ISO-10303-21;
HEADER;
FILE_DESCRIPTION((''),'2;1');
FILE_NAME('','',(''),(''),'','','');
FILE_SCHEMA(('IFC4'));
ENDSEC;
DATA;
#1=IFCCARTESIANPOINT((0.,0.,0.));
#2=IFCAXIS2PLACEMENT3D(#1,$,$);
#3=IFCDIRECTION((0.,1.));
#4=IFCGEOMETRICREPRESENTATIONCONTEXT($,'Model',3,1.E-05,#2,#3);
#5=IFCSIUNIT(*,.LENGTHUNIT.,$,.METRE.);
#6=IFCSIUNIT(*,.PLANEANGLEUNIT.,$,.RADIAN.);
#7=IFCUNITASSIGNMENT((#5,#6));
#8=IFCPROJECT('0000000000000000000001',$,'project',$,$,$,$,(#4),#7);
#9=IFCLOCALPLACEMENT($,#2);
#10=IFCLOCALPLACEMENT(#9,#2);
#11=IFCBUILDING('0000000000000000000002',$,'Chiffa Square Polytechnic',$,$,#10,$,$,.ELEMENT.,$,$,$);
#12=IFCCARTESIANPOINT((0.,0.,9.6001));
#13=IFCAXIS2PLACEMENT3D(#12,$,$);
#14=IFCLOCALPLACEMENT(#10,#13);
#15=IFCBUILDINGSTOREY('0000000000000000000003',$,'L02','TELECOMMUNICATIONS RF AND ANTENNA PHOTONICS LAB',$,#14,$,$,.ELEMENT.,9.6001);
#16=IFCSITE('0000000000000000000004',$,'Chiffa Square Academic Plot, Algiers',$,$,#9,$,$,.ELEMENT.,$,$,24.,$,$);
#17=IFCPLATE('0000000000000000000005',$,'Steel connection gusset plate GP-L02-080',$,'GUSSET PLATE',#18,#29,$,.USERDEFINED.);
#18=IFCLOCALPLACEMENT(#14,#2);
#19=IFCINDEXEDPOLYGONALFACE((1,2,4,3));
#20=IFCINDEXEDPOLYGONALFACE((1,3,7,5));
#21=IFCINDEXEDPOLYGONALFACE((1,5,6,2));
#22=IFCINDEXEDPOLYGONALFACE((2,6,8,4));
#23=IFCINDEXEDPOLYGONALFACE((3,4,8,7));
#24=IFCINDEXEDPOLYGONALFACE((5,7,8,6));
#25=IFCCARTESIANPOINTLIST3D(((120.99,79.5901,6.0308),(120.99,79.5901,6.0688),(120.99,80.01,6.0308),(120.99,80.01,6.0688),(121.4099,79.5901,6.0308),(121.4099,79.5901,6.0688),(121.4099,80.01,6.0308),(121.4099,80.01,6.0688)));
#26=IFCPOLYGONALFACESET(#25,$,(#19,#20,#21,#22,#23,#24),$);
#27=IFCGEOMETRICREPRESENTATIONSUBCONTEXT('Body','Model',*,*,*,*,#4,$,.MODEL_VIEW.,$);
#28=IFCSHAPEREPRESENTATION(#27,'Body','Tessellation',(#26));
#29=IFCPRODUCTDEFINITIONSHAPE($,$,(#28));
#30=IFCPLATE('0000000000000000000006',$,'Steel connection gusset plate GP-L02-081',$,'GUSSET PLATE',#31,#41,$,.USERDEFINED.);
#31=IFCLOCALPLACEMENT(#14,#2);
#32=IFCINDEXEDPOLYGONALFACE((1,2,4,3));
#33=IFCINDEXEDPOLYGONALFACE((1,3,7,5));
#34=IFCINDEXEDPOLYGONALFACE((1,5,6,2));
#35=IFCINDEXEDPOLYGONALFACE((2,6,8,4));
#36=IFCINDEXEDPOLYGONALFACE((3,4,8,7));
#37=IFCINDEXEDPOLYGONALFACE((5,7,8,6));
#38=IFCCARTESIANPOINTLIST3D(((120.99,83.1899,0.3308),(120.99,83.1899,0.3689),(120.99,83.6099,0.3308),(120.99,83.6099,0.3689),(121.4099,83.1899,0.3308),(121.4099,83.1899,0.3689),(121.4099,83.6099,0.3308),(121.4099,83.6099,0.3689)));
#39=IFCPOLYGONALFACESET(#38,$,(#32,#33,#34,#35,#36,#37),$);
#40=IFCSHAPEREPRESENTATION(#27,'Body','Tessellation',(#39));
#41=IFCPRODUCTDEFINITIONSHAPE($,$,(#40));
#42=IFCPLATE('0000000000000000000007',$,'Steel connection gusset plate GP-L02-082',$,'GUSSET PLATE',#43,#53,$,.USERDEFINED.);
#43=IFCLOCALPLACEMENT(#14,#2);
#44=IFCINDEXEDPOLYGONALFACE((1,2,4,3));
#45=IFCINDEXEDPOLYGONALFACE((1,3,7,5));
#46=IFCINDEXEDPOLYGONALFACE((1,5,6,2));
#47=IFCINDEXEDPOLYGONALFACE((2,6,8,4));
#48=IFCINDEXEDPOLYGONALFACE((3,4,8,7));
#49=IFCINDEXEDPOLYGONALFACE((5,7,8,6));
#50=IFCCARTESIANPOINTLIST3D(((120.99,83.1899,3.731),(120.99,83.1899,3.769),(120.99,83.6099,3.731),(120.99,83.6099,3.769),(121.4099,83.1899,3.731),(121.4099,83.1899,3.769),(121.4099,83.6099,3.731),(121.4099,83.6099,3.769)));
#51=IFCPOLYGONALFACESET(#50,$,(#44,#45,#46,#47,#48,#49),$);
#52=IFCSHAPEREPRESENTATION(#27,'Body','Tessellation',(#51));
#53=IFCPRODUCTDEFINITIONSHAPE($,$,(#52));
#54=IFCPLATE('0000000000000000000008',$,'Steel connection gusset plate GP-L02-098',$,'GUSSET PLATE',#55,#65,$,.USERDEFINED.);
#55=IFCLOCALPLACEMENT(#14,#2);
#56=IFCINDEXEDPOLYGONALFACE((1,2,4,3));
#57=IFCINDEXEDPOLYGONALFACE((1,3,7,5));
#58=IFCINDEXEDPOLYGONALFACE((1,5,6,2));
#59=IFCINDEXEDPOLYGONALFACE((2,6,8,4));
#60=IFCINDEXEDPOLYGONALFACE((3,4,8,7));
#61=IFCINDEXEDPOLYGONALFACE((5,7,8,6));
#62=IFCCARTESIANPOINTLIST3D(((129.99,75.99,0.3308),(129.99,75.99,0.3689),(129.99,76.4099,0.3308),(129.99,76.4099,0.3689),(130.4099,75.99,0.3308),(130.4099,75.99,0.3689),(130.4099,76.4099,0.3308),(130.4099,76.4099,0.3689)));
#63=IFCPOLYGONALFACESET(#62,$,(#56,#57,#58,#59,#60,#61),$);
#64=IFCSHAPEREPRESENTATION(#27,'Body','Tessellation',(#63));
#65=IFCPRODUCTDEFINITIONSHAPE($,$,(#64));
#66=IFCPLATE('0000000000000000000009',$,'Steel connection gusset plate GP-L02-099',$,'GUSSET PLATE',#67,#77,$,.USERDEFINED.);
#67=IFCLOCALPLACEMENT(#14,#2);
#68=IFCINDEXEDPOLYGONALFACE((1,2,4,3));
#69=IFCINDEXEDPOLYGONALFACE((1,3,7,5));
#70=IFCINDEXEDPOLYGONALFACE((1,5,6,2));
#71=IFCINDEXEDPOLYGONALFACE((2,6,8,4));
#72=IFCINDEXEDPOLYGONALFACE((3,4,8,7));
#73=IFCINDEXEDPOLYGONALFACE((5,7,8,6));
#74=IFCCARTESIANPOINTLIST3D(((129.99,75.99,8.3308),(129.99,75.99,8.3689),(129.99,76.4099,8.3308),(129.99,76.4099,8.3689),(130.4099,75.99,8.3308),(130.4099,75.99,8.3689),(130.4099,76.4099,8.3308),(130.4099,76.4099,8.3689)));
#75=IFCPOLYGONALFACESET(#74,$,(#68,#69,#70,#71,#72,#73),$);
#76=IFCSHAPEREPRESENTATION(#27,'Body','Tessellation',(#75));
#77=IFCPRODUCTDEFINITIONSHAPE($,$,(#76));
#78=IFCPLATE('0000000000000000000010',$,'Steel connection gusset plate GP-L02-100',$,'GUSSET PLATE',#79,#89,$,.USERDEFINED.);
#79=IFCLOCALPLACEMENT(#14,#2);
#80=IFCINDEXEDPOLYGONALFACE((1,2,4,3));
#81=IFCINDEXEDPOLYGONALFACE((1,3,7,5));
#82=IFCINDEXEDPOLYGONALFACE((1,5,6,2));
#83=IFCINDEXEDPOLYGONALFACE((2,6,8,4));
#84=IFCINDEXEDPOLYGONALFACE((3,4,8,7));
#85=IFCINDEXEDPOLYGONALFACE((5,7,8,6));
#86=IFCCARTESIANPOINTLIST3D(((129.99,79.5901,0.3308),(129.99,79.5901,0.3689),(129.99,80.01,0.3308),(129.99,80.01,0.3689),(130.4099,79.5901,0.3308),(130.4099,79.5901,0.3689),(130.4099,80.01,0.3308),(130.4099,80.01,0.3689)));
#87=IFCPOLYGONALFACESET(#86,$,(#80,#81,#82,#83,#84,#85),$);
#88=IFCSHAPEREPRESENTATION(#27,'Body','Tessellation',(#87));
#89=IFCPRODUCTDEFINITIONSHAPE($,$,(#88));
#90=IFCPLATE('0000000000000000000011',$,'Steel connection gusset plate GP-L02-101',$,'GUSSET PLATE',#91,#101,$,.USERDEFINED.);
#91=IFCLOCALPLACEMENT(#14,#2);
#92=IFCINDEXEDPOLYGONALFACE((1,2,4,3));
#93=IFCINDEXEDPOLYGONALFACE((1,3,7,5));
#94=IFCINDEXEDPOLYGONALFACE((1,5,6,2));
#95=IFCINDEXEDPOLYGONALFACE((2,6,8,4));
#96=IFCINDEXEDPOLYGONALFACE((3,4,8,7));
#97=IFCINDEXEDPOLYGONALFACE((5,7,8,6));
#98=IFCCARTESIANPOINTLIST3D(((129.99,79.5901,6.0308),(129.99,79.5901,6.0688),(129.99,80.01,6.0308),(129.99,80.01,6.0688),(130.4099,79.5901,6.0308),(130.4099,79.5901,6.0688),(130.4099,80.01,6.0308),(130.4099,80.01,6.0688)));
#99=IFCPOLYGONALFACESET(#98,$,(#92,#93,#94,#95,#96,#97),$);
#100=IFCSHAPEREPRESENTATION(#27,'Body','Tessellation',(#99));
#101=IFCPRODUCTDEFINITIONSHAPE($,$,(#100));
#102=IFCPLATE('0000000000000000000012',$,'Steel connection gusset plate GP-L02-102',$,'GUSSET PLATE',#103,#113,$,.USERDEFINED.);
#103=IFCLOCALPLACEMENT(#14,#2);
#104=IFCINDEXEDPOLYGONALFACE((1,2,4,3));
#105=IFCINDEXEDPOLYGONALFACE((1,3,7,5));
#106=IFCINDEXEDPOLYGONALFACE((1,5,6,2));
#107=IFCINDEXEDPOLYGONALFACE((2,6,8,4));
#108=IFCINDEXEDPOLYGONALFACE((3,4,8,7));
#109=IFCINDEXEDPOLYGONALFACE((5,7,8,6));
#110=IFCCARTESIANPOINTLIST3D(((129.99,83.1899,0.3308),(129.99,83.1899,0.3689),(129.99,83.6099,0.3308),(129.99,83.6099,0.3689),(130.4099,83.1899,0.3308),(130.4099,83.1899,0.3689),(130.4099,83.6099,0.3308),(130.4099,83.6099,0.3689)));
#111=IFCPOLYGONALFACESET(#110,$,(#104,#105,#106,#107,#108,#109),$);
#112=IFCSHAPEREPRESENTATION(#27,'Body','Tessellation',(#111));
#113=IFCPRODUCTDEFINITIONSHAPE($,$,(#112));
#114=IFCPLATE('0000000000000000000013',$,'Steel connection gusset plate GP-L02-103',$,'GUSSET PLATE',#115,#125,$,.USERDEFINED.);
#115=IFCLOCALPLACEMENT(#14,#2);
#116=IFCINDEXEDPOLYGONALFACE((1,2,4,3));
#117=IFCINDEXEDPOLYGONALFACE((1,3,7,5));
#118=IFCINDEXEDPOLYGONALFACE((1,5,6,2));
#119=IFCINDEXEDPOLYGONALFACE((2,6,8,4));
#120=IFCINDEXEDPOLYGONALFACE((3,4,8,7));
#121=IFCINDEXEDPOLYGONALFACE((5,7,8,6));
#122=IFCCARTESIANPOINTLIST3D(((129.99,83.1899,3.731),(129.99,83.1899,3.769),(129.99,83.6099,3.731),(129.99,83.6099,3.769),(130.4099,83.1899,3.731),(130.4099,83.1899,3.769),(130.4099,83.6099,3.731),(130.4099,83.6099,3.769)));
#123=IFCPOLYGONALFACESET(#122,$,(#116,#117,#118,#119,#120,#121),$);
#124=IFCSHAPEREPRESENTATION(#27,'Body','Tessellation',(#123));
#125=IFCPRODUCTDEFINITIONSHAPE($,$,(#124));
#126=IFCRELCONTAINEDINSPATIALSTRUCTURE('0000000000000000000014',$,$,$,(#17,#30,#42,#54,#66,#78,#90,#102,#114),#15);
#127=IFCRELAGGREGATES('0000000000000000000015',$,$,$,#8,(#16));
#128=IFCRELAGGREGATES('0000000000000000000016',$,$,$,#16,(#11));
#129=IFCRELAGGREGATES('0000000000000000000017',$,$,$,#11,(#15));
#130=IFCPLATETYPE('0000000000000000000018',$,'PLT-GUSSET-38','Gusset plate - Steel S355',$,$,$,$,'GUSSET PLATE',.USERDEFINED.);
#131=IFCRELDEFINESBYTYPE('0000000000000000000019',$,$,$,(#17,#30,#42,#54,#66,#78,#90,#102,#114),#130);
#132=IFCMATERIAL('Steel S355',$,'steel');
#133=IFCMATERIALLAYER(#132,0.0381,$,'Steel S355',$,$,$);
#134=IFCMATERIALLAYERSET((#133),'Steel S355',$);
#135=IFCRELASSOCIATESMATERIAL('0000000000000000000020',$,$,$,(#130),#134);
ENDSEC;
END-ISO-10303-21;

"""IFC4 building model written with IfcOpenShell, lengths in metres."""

from ifc_helpers import new_model, si_unit, direction, frame, origin, origin_2d, place, context, subcontext, project, spatial, rectangle, extrude, material, layer, layer_set, type_object, element, save


model = new_model("IFC4")

# Units and contexts
model_context = context("Model", 3, precision=1e-05, world=origin(), true_north=direction((0.0, 1.0)))
body_context = subcontext(model_context, "Body", "Model", "MODEL_VIEW")
ifc_project = project(units=[si_unit("LENGTHUNIT", "METRE"), si_unit("PLANEANGLEUNIT", "RADIAN")], contexts=[model_context])

# Site, building, storey
site_placement = place(None, origin())
site = spatial("IfcSite", under=ifc_project, at=site_placement, Name="Chiffa Square Academic Plot, Algiers", CompositionType="ELEMENT", RefElevation=24.0)
building_placement = place(site_placement, origin())
building = spatial("IfcBuilding", under=site, at=building_placement, Name="Chiffa Square Polytechnic", CompositionType="ELEMENT")
storey_placement = place(building_placement, frame((0.0, 0.0, 9.6001)))
storey = spatial("IfcBuildingStorey", under=building, at=storey_placement, Name="L02", Description="TELECOMMUNICATIONS RF AND ANTENNA PHOTONICS LAB", CompositionType="ELEMENT", Elevation=9.6001)

# Shared definitions
ifc_material = material(Name="Steel S355", Category="steel")

# Plates
ifc_layer = layer(ifc_material, 0.0381, Name="Steel S355")
ifc_layer_set = layer_set([ifc_layer], Name="Steel S355")
plate_type = type_object("IfcPlateType", Name="PLT-GUSSET-38", Description="Gusset plate - Steel S355", ElementType="GUSSET PLATE", PredefinedType="USERDEFINED", material=ifc_layer_set)
for number, where, z_axis, x_axis, name in (
    (1, (121.2, 79.8, 6.0308), (0.0, 0.0, 1.0), (1.0, 0.0, 0.0), "Steel connection gusset plate GP-L02-080"),
    (2, (121.2, 83.3999, 0.3308), (0.0, 0.0, 1.0), (1.0, 0.0, 0.0), "Steel connection gusset plate GP-L02-081"),
    (3, (121.2, 83.3999, 3.731), (0.0, 0.0, 1.0), (1.0, 0.0, 0.0), "Steel connection gusset plate GP-L02-082"),
    (4, (130.2, 76.2, 0.3308), (0.0, 0.0, 1.0), (1.0, 0.0, 0.0), "Steel connection gusset plate GP-L02-098"),
    (5, (130.2, 76.2, 8.3308), (0.0, 0.0, 1.0), (1.0, 0.0, 0.0), "Steel connection gusset plate GP-L02-099"),
    (6, (130.2, 79.8, 0.3308), (0.0, 0.0, 1.0), (1.0, 0.0, 0.0), "Steel connection gusset plate GP-L02-100"),
    (7, (130.2, 79.8, 6.0308), (0.0, 0.0, 1.0), (1.0, 0.0, 0.0), "Steel connection gusset plate GP-L02-101"),
    (8, (130.2, 83.3999, 0.3308), (0.0, 0.0, 1.0), (1.0, 0.0, 0.0), "Steel connection gusset plate GP-L02-102"),
    (9, (130.2, 83.3999, 3.731), (0.0, 0.0, 1.0), (1.0, 0.0, 0.0), "Steel connection gusset plate GP-L02-103"),
):
    element("IfcPlate", number, at=place(storey_placement, frame(where, z_axis=z_axis, x_axis=x_axis)), inside=storey, type_object=plate_type, Name=name, ObjectType="GUSSET PLATE", PredefinedType="USERDEFINED", context=body_context, shape_type="SweptSolid", body=[
        extrude(rectangle(XDim=0.4199, YDim=0.4199, at=origin_2d()), origin(), (0.0, 0.0, 1.0), 0.0381),
    ])

save(model, "model.ifc")
